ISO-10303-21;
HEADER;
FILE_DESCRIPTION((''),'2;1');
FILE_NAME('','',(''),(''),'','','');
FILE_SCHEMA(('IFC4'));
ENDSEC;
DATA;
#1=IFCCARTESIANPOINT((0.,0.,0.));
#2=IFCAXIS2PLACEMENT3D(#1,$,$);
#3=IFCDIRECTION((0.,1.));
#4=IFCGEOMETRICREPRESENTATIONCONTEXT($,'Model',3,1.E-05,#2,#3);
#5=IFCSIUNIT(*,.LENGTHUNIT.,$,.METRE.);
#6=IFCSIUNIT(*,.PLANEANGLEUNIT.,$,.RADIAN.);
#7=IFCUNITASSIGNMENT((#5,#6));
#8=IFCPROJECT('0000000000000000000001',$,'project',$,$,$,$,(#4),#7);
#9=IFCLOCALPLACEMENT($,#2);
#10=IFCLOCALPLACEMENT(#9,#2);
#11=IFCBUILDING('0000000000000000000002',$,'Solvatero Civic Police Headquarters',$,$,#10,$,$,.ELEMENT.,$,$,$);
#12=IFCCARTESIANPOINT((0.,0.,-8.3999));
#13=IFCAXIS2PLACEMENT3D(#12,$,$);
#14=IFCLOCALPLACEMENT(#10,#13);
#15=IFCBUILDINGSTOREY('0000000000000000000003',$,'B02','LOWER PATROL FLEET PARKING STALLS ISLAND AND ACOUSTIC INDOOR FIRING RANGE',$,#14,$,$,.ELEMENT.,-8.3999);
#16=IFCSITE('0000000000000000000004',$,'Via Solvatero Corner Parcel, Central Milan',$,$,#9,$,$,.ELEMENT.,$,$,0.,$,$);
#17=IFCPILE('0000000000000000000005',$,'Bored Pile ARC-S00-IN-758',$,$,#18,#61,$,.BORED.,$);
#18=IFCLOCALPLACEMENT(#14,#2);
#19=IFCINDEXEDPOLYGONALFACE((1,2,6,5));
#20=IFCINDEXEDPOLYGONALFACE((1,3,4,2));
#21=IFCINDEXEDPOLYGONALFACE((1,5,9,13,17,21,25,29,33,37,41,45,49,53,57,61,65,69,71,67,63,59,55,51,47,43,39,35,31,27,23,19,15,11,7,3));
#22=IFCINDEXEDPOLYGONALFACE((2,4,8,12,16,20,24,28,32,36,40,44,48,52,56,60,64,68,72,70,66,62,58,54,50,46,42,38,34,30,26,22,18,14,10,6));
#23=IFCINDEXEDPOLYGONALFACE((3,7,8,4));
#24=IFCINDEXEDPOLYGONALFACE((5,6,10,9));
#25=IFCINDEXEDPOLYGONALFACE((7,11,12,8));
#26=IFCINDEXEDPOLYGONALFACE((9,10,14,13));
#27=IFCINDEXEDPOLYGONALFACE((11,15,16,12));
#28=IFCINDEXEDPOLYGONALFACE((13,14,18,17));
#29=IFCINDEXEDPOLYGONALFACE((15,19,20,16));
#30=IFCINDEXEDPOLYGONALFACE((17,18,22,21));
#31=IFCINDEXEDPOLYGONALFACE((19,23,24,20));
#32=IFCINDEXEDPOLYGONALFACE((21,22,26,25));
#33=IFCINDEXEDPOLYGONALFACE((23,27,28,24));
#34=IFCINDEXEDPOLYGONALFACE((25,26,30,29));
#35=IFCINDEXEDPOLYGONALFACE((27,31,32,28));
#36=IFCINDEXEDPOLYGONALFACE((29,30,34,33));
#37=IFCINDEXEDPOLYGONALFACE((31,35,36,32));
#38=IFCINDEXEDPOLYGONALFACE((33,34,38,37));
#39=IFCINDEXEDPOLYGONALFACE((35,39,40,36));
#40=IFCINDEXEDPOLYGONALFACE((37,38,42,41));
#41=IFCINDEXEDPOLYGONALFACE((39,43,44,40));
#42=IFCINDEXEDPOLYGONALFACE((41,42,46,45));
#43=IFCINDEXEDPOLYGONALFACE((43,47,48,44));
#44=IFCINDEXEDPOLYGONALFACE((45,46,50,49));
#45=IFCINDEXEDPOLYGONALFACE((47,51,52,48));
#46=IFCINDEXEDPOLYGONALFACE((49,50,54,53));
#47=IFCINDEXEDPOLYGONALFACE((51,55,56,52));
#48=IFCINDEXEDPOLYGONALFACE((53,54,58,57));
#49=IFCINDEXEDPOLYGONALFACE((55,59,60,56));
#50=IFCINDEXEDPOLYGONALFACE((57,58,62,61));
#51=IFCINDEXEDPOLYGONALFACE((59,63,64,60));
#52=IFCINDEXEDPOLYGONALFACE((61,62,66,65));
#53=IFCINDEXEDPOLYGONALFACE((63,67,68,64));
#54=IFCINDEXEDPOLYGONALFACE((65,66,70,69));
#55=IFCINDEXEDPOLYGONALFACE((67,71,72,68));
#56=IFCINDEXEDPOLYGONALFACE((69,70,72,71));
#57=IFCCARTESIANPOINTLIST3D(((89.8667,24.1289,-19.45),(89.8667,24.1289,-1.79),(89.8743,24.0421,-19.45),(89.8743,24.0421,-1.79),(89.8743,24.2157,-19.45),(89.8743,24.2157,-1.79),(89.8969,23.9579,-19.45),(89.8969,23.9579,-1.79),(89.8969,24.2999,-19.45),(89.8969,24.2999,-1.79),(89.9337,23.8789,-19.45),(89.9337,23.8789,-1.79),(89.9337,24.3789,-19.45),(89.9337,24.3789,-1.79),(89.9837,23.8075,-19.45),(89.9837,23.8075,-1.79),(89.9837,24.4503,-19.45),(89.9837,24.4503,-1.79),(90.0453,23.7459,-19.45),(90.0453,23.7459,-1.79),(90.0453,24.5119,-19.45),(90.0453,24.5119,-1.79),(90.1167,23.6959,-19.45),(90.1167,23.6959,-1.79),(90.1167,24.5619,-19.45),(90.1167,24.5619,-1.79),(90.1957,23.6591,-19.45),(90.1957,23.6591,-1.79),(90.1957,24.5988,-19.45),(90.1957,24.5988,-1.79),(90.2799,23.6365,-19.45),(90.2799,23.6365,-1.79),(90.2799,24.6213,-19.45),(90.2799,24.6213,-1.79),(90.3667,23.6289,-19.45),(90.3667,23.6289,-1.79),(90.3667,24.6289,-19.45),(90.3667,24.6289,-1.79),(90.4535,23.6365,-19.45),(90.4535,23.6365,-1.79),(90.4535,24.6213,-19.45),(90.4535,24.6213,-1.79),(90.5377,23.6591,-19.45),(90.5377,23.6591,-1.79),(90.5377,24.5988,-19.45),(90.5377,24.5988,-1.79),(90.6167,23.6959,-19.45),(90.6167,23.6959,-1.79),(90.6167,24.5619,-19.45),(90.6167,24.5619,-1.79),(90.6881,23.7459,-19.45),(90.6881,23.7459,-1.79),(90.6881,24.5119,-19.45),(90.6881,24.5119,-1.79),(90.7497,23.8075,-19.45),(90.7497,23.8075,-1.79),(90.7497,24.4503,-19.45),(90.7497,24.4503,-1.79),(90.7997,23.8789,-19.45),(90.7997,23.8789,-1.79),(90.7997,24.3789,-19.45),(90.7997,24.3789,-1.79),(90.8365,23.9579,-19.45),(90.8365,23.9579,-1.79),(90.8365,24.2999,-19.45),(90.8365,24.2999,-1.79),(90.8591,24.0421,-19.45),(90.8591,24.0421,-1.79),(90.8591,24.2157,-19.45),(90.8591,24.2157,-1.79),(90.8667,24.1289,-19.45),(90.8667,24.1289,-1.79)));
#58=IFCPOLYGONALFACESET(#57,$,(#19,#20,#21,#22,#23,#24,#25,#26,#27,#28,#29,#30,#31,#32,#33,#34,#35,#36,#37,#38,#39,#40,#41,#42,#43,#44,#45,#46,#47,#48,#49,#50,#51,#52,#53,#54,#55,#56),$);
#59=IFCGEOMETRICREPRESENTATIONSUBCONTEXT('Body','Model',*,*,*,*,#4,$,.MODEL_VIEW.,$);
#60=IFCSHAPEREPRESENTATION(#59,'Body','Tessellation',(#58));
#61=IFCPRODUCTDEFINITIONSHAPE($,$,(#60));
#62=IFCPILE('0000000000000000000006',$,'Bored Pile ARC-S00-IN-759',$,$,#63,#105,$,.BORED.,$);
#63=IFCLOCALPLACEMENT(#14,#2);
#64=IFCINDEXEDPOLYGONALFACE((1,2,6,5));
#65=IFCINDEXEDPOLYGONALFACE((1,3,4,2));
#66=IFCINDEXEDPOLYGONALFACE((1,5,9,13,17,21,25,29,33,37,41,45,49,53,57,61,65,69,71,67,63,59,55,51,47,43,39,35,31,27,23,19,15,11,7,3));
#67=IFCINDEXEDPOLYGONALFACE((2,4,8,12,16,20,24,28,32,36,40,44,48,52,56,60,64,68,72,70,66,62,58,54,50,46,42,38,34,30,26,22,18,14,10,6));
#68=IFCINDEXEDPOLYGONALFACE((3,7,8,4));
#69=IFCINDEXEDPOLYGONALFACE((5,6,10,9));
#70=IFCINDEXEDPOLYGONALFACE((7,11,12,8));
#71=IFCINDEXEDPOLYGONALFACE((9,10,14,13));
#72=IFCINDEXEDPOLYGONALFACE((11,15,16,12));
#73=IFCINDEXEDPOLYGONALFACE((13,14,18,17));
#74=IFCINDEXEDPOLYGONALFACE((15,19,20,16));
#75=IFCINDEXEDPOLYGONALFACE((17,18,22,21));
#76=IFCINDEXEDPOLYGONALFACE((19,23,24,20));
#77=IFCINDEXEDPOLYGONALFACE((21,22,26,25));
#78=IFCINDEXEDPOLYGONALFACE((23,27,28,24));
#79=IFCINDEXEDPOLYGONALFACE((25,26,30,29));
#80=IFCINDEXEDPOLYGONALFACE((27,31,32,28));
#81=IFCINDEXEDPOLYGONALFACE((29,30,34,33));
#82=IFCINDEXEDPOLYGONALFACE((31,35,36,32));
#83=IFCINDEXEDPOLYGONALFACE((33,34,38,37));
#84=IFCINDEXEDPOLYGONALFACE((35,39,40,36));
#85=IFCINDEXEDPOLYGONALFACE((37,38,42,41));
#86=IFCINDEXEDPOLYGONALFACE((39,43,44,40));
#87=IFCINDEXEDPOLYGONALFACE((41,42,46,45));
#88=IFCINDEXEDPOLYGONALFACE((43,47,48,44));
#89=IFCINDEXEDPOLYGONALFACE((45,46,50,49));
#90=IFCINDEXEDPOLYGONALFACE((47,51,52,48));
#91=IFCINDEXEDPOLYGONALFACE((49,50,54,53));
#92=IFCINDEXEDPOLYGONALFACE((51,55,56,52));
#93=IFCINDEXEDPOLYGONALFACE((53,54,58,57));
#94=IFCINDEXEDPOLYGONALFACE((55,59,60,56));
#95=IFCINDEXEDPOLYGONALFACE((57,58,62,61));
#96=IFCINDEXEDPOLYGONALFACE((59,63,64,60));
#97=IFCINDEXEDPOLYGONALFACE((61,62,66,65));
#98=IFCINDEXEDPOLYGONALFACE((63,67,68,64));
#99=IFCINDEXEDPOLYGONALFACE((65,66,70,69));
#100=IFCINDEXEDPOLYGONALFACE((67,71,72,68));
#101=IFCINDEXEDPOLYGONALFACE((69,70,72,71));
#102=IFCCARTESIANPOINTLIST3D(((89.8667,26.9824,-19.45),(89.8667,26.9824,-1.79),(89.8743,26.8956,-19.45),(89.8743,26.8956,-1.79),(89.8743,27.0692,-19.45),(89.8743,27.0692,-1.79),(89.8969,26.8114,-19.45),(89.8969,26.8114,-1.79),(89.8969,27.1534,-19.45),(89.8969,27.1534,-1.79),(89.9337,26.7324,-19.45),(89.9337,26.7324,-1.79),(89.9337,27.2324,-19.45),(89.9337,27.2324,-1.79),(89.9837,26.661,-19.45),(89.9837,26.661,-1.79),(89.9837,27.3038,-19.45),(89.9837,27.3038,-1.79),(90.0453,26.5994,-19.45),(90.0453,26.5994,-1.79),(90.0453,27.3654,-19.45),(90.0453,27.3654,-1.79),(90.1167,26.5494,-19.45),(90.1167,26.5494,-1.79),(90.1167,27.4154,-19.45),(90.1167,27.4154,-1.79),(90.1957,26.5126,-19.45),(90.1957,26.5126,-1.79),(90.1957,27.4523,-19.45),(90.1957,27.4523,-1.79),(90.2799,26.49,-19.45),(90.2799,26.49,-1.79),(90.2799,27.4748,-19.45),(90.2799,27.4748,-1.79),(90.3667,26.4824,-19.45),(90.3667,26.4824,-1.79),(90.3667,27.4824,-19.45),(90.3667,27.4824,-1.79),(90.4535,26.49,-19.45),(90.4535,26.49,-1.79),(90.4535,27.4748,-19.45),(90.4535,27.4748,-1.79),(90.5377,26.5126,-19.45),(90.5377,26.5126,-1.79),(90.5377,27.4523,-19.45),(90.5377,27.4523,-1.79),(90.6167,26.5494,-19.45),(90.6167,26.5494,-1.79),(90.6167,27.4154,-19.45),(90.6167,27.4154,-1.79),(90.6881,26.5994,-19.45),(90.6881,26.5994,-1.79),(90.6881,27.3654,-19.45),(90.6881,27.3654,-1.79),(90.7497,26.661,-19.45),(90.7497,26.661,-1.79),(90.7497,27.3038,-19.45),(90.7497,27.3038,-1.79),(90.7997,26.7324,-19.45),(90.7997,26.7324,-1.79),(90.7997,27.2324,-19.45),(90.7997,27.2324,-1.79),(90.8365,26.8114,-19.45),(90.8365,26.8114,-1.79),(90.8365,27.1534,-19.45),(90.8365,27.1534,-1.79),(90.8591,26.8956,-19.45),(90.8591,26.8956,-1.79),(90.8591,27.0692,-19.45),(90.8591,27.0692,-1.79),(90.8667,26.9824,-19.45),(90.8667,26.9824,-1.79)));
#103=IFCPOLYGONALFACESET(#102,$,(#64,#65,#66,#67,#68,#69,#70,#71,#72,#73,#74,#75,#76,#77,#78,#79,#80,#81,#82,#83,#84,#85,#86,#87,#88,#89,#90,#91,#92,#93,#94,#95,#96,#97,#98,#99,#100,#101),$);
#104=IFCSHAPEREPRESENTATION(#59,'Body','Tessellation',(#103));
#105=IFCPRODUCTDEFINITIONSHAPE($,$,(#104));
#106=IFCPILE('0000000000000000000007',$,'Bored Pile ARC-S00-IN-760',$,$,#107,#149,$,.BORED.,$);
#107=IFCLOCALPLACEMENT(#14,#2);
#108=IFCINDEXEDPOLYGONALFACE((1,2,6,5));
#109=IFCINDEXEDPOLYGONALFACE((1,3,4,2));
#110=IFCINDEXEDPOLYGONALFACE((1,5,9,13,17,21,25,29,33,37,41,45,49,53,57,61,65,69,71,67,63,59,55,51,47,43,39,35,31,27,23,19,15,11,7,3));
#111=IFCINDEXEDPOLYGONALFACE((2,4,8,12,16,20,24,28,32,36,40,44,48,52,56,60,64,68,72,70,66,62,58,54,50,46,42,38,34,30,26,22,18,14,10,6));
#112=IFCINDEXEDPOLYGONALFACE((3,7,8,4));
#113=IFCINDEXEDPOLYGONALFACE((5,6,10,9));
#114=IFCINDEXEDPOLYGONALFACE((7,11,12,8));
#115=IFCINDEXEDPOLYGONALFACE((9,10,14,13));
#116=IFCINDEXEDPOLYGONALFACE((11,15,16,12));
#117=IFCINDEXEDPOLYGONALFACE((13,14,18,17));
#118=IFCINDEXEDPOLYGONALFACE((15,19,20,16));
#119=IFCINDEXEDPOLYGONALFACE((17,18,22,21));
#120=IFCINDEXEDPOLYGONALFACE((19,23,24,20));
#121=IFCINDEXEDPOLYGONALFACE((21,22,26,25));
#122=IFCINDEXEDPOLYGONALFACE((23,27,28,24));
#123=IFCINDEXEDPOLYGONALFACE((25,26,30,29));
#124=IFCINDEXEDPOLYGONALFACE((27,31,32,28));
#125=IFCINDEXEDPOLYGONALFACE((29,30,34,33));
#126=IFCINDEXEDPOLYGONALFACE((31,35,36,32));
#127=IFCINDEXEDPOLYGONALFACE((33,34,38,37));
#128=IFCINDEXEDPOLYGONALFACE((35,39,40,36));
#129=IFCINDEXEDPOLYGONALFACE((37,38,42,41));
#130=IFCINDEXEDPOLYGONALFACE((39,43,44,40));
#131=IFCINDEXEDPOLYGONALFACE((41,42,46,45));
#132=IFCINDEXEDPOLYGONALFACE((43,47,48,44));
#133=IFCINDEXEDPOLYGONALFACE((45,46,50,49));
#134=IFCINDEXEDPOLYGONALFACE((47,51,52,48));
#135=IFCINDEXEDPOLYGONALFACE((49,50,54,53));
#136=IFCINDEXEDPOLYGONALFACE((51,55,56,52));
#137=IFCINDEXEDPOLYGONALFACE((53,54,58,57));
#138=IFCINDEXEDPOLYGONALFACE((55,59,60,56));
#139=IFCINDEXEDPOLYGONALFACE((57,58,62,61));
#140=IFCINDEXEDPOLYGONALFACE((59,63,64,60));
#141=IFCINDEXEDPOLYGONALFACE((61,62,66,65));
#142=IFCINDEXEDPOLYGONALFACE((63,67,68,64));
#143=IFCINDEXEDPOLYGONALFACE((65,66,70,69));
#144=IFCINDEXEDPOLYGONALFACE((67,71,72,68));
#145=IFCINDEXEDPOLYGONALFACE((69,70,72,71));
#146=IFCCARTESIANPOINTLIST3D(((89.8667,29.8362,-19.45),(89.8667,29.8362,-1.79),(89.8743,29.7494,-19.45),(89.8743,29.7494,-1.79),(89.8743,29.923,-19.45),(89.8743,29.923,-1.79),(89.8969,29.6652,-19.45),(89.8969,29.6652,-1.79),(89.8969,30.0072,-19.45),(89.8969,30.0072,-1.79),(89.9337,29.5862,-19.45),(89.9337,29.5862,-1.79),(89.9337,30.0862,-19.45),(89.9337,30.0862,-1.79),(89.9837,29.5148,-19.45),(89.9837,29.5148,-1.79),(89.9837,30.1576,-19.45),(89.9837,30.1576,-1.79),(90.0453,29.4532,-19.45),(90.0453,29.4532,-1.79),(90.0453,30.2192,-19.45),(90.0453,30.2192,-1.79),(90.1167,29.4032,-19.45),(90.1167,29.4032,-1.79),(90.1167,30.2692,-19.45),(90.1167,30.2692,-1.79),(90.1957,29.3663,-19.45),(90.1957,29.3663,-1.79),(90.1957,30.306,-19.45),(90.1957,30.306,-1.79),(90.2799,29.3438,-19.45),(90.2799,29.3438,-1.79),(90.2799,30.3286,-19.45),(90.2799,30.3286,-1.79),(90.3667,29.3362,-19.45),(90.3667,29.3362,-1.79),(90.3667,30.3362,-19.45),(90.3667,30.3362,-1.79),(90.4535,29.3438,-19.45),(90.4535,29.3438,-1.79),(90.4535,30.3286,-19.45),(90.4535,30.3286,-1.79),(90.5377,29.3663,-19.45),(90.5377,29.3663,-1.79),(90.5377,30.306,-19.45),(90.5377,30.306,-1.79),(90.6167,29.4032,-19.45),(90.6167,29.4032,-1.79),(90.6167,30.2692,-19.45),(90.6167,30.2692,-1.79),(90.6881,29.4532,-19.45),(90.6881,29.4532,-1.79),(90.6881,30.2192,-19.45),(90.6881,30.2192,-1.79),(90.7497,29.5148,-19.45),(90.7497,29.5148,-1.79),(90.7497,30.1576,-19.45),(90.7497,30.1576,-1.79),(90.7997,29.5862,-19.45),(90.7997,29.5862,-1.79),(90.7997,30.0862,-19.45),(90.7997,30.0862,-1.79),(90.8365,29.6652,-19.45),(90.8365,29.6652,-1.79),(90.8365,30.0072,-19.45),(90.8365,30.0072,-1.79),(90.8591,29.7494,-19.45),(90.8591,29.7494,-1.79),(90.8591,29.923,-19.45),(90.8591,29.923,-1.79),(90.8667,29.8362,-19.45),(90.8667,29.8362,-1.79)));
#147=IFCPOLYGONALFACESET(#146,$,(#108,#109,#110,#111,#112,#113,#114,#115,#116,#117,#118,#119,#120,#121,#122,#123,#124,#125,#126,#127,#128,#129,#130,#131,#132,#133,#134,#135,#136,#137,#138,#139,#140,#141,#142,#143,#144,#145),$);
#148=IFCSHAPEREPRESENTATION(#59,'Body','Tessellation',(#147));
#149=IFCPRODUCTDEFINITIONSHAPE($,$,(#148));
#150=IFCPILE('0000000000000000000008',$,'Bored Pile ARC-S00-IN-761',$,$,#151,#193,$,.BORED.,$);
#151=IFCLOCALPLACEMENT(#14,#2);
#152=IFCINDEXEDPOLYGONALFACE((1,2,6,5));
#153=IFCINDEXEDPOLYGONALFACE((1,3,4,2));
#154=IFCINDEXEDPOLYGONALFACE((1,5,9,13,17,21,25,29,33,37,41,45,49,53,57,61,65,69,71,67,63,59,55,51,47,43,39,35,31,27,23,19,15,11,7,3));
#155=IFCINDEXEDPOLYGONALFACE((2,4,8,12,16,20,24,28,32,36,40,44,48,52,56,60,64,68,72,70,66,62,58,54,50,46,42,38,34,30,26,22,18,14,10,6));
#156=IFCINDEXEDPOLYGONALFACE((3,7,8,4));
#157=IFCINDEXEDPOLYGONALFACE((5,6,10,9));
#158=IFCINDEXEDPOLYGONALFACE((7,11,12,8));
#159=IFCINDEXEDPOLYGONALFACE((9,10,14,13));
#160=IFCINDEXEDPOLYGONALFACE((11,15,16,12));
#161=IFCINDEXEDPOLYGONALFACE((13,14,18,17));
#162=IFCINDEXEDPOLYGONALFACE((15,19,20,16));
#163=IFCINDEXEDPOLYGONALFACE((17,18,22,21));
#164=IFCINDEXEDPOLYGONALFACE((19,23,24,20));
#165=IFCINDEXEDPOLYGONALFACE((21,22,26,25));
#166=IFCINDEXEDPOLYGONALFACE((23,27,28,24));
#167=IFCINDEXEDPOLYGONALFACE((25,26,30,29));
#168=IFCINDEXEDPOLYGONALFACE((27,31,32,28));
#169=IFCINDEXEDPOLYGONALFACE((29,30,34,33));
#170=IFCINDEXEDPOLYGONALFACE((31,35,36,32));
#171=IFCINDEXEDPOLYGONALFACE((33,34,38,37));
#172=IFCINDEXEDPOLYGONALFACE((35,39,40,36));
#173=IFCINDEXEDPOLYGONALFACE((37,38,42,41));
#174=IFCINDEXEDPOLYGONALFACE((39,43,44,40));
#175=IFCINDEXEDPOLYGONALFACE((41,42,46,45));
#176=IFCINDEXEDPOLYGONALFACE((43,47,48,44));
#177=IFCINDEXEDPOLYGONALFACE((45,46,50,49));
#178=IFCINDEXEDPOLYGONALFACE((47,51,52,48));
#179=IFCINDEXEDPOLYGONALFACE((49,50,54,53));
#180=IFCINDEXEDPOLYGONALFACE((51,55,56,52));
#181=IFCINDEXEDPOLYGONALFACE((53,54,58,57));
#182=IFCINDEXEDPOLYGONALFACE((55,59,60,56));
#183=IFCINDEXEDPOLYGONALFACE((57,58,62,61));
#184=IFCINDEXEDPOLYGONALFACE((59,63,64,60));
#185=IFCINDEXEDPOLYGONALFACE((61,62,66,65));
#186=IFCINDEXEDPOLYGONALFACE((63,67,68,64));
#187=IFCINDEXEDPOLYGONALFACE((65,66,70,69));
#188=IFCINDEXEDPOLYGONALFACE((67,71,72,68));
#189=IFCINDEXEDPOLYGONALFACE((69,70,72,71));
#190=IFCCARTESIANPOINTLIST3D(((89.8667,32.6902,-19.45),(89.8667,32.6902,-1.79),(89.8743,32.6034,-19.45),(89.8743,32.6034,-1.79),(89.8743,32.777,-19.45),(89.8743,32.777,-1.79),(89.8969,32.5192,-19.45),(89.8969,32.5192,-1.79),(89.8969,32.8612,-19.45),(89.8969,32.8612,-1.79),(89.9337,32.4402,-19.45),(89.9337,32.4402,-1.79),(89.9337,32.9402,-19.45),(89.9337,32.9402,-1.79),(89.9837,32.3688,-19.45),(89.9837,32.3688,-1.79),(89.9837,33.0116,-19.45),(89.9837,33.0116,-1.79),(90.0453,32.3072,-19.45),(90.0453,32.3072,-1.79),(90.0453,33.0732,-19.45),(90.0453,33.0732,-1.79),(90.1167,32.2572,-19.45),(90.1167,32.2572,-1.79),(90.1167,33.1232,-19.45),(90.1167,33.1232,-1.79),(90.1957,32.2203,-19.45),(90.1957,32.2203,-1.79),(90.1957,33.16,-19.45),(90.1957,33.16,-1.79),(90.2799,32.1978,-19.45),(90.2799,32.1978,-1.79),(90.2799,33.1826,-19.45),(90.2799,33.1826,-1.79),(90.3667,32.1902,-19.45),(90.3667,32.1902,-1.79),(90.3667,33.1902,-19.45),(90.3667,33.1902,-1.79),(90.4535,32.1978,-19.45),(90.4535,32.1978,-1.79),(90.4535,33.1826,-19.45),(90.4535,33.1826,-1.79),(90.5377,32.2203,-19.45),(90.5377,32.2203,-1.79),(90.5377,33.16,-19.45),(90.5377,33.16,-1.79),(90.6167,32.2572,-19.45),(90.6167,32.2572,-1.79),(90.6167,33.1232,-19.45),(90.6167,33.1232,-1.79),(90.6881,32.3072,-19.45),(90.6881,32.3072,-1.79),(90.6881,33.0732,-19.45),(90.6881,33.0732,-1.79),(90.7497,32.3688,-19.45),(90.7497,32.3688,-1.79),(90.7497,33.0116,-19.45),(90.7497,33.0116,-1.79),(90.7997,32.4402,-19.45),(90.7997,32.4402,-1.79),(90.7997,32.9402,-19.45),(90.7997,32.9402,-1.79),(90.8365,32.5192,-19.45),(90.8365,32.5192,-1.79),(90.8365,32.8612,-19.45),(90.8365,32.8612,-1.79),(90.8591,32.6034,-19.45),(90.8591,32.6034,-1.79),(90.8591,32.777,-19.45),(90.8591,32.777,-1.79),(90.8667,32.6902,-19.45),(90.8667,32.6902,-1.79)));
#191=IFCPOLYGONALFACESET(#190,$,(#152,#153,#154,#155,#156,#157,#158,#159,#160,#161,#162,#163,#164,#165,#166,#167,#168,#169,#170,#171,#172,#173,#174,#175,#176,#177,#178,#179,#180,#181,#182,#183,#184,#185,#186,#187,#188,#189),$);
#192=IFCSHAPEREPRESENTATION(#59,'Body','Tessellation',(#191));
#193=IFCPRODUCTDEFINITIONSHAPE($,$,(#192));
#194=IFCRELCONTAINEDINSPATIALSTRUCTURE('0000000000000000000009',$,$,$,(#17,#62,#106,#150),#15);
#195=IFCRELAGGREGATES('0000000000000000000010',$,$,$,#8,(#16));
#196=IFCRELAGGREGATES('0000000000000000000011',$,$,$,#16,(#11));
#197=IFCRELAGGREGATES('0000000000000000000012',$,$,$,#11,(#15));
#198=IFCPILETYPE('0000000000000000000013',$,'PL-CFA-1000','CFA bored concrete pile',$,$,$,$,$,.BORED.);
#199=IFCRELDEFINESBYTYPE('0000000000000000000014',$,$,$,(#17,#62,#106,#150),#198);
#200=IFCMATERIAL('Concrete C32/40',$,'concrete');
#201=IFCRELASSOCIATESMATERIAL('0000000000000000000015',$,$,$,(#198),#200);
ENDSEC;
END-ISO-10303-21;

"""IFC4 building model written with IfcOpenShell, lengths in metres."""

from ifc_helpers import new_model, si_unit, direction, frame, origin, origin_2d, place, context, subcontext, project, spatial, circle, extrude, material, material_profile, profile_set, type_object, element, save


model = new_model("IFC4")

# Units and contexts
model_context = context("Model", 3, precision=1e-05, world=origin(), true_north=direction((0.0, 1.0)))
body_context = subcontext(model_context, "Body", "Model", "MODEL_VIEW")
ifc_project = project(units=[si_unit("LENGTHUNIT", "METRE"), si_unit("PLANEANGLEUNIT", "RADIAN")], contexts=[model_context])

# Site, building, storey
site_placement = place(None, origin())
site = spatial("IfcSite", under=ifc_project, at=site_placement, Name="Via Solvatero Corner Parcel, Central Milan", CompositionType="ELEMENT", RefElevation=0.0)
building_placement = place(site_placement, origin())
building = spatial("IfcBuilding", under=site, at=building_placement, Name="Solvatero Civic Police Headquarters", CompositionType="ELEMENT")
storey_placement = place(building_placement, frame((0.0, 0.0, -8.3999)))
storey = spatial("IfcBuildingStorey", under=building, at=storey_placement, Name="B02", Description="LOWER PATROL FLEET PARKING STALLS ISLAND AND ACOUSTIC INDOOR FIRING RANGE", CompositionType="ELEMENT", Elevation=-8.3999)

# Piles
ifc_material_1 = material(Name="Concrete C32/40", Category="concrete")
ifc_material_profile_1 = material_profile(ifc_material_1, circle(Radius=0.5, at=origin_2d()), Name="CFA PILE D1000")
ifc_profile_set_1 = profile_set([ifc_material_profile_1], Name="Concrete C32/40")
pile_type = type_object("IfcPileType", Name="PL-CFA-1000", Description="CFA bored concrete pile", PredefinedType="BORED", material=ifc_profile_set_1)
for number, where, z_axis, x_axis, name in (
    (1, (90.3667, 24.1289, -1.79), (0.0, 0.0, -1.0), (1.0, 0.0, 0.0), "Bored Pile ARC-S00-IN-758"),
    (2, (90.3667, 26.9824, -1.79), (0.0, 0.0, -1.0), (1.0, 0.0, 0.0), "Bored Pile ARC-S00-IN-759"),
    (3, (90.3667, 29.8362, -1.79), (0.0, 0.0, -1.0), (1.0, 0.0, 0.0), "Bored Pile ARC-S00-IN-760"),
    (4, (90.3667, 32.6902, -1.79), (0.0, 0.0, -1.0), (1.0, 0.0, 0.0), "Bored Pile ARC-S00-IN-761"),
):
    element("IfcPile", number, at=place(storey_placement, frame(where, z_axis=z_axis, x_axis=x_axis)), inside=storey, type_object=pile_type, Name=name, PredefinedType="BORED", context=body_context, shape_type="SweptSolid", body=[
        extrude(circle(Radius=0.5, at=origin_2d()), origin(), (0.0, 0.0, 1.0), 17.6599),
    ])

save(model, "model.ifc")
